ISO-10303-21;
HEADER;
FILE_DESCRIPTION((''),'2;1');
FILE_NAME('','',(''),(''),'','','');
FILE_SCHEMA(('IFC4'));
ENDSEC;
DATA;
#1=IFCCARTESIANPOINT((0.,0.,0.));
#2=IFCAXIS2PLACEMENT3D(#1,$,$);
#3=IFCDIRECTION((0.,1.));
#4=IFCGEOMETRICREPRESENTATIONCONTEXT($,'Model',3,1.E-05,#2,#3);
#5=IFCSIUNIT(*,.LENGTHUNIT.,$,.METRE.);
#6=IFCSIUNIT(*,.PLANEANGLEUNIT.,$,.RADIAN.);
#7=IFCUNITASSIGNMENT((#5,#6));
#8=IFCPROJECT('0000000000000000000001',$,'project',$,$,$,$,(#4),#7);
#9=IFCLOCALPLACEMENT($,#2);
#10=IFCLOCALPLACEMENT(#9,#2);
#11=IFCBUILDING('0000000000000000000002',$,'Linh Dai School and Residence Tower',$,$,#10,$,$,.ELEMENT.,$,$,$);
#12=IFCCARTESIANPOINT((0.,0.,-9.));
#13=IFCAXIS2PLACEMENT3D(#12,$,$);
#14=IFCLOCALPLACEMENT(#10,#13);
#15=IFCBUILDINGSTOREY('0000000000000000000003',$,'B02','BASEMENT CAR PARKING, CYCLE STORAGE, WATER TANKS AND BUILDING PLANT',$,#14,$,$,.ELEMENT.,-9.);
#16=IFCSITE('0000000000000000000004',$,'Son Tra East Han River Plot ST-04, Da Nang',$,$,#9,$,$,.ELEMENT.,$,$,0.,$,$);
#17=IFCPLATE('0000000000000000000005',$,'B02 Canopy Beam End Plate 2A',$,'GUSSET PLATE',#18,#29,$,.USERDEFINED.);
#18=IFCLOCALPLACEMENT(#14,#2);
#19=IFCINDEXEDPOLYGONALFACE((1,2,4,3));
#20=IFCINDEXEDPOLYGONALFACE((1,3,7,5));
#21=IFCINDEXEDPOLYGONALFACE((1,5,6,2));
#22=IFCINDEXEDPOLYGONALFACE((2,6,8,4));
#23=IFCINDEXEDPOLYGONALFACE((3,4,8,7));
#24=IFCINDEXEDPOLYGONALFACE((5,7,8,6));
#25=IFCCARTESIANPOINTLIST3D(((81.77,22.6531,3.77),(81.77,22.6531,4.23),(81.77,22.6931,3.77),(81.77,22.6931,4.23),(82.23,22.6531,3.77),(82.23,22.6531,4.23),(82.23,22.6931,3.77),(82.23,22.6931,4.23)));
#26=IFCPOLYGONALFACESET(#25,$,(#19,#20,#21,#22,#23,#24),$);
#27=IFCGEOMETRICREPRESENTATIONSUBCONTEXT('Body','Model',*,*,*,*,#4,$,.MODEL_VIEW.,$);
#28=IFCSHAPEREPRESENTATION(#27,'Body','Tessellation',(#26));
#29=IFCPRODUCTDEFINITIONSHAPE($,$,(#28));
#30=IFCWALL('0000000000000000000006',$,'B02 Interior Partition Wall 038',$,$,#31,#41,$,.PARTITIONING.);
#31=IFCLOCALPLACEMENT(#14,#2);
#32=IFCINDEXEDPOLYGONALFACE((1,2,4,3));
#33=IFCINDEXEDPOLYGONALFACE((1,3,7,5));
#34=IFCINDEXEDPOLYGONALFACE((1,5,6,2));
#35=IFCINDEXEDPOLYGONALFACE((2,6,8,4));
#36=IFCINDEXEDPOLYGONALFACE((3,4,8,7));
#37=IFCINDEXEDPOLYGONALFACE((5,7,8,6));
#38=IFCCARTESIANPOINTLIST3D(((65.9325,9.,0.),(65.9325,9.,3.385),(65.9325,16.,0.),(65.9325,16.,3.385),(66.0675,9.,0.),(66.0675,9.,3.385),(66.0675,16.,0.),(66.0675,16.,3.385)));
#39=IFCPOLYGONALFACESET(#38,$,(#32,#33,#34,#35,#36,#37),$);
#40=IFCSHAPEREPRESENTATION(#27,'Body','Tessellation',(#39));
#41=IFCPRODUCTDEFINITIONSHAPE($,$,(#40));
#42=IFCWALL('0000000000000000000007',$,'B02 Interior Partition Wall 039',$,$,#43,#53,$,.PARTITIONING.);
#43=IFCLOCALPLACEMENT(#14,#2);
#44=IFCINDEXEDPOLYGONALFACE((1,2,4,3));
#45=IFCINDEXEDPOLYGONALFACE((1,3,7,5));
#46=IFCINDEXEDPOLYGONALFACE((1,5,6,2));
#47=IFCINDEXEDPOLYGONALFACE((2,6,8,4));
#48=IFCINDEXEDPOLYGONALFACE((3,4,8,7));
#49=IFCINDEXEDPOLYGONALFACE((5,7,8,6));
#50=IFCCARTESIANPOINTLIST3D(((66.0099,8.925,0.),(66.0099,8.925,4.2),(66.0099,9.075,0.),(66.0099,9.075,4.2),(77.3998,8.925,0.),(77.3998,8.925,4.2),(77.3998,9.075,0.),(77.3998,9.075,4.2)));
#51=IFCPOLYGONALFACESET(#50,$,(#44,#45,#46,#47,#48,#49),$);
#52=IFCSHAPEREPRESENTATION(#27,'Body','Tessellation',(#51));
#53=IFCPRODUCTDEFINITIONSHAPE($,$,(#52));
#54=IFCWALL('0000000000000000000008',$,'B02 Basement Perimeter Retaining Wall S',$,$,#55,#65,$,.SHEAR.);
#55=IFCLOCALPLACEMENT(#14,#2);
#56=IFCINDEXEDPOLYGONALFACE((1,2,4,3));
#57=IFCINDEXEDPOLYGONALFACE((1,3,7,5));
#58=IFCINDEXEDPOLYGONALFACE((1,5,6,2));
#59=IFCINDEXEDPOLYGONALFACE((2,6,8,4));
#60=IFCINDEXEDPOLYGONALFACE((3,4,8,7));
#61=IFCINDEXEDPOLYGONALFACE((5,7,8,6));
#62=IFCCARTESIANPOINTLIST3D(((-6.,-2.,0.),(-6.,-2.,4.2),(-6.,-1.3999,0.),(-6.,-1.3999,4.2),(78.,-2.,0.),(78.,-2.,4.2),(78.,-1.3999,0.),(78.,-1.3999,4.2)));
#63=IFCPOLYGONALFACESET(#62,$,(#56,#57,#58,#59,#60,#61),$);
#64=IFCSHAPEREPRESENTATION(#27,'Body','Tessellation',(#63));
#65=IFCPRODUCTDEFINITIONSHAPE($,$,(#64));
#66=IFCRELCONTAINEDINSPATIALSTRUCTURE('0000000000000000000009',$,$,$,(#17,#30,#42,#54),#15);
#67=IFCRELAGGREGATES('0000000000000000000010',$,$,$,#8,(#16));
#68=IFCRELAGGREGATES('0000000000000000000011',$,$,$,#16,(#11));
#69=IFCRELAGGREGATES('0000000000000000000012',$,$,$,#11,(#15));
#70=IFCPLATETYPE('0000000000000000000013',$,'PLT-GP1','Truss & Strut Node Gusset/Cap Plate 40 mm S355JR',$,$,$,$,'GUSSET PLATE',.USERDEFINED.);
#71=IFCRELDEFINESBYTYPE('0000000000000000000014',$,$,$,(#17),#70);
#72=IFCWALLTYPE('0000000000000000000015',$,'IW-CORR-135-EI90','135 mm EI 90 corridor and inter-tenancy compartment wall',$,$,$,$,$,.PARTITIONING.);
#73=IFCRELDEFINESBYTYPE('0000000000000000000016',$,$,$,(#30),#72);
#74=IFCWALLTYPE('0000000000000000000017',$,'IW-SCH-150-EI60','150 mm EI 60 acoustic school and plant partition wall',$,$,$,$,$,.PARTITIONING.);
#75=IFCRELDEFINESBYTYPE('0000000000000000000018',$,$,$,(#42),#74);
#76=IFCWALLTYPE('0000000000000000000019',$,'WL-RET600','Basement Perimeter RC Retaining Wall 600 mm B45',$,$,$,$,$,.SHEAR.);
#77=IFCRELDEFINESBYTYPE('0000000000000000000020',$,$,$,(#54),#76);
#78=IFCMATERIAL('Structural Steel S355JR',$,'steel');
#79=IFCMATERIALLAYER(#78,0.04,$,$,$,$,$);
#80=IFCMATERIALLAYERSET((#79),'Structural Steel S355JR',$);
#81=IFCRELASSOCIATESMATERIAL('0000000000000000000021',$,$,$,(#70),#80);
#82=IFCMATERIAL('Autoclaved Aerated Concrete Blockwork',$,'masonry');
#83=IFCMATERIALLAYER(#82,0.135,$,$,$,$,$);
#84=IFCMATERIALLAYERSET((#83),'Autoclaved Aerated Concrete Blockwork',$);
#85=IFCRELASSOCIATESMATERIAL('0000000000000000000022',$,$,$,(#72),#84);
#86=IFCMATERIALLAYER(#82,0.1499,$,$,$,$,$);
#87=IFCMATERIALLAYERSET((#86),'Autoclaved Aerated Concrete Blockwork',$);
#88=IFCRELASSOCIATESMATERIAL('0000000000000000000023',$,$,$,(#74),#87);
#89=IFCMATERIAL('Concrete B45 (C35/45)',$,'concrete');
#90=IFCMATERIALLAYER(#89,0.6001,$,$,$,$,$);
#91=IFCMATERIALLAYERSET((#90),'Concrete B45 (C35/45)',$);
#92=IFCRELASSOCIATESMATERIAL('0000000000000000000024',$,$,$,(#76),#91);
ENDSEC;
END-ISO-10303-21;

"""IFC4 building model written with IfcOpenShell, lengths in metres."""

from ifc_helpers import new_model, si_unit, direction, frame, frame_2d, origin, origin_2d, place, context, subcontext, project, spatial, rectangle, extrude, source, transform, mapped, material, layer, layer_set, type_object, element, save


model = new_model("IFC4")

# Units and contexts
model_context = context("Model", 3, precision=1e-05, world=origin(), true_north=direction((0.0, 1.0)))
body_context = subcontext(model_context, "Body", "Model", "MODEL_VIEW")
ifc_project = project(units=[si_unit("LENGTHUNIT", "METRE"), si_unit("PLANEANGLEUNIT", "RADIAN")], contexts=[model_context])

# Site, building, storey
site_placement = place(None, origin())
site = spatial("IfcSite", under=ifc_project, at=site_placement, Name="Son Tra East Han River Plot ST-04, Da Nang", CompositionType="ELEMENT", RefElevation=0.0)
building_placement = place(site_placement, origin())
building = spatial("IfcBuilding", under=site, at=building_placement, Name="Linh Dai School and Residence Tower", CompositionType="ELEMENT")
storey_placement = place(building_placement, frame((0.0, 0.0, -9.0)))
storey = spatial("IfcBuildingStorey", under=building, at=storey_placement, Name="B02", Description="BASEMENT CAR PARKING, CYCLE STORAGE, WATER TANKS AND BUILDING PLANT", CompositionType="ELEMENT", Elevation=-9.0)

# Shared definitions
ifc_material_1 = material(Name="Concrete B45 (C35/45)", Category="concrete")

# Shared definitions
ifc_material_2 = material(Name="Structural Steel S355JR", Category="steel")

# Plate
ifc_layer_1 = layer(ifc_material_2, 0.04)
ifc_layer_set_1 = layer_set([ifc_layer_1], Name="Structural Steel S355JR")
plate_type = type_object("IfcPlateType", Name="PLT-GP1", Description="Truss & Strut Node Gusset/Cap Plate 40 mm S355JR", ElementType="GUSSET PLATE", PredefinedType="USERDEFINED", material=ifc_layer_set_1)
shared_shape = source(origin(), body_context, "Body", "SweptSolid", [
    extrude(rectangle(XDim=0.46, YDim=0.04, at=origin_2d()), origin(), (0.0, 0.0, 1.0), 0.46),
])
for number, where, z_axis, x_axis, name in (
    (1, (82.0, 22.6731, 3.77), (0.0, 0.0, 1.0), (1.0, 0.0, 0.0), "B02 Canopy Beam End Plate 2A"),
):
    element("IfcPlate", number, at=place(storey_placement, frame(where, z_axis=z_axis, x_axis=x_axis)), inside=storey, type_object=plate_type, Name=name, ObjectType="GUSSET PLATE", PredefinedType="USERDEFINED", context=body_context, shape_type="MappedRepresentation", body=[
        mapped(shared_shape, transform((0.0, 0.0, 0.0), x_axis=(1.0, 0.0, 0.0), y_axis=(0.0, 1.0, 0.0), z_axis=(0.0, 0.0, 1.0), scale=1.0)),
    ])

# Walls
ifc_material_3 = material(Name="Autoclaved Aerated Concrete Blockwork", Category="masonry")
ifc_layer_2 = layer(ifc_material_3, 0.135)
ifc_layer_set_2 = layer_set([ifc_layer_2], Name="Autoclaved Aerated Concrete Blockwork")
wall_type_1 = type_object("IfcWallType", Name="IW-CORR-135-EI90", Description="135 mm EI 90 corridor and inter-tenancy compartment wall", PredefinedType="PARTITIONING", material=ifc_layer_set_2)
wall_1_placement = place(storey_placement, frame((66.0, 9.0, 0.0), z_axis=(0.0, 0.0, 1.0), x_axis=(0.0, 1.0, 0.0)))
element("IfcWall", 2, at=wall_1_placement, inside=storey, type_object=wall_type_1, Name="B02 Interior Partition Wall 038", PredefinedType="PARTITIONING", context=body_context, shape_type="SweptSolid", body=[
    extrude(rectangle(XDim=7.0, YDim=0.135, at=frame_2d((3.5, 0.0))), origin(), (0.0, 0.0, 1.0), 3.385),
])
ifc_layer_3 = layer(ifc_material_3, 0.1499)
ifc_layer_set_3 = layer_set([ifc_layer_3], Name="Autoclaved Aerated Concrete Blockwork")
wall_type_2 = type_object("IfcWallType", Name="IW-SCH-150-EI60", Description="150 mm EI 60 acoustic school and plant partition wall", PredefinedType="PARTITIONING", material=ifc_layer_set_3)
wall_2_placement = place(storey_placement, frame((66.01, 9.0, 0.0), z_axis=(0.0, 0.0, 1.0), x_axis=(1.0, 0.0, 0.0)))
element("IfcWall", 3, at=wall_2_placement, inside=storey, type_object=wall_type_2, Name="B02 Interior Partition Wall 039", PredefinedType="PARTITIONING", context=body_context, shape_type="SweptSolid", body=[
    extrude(rectangle(XDim=11.3899, YDim=0.1499, at=frame_2d((5.6948, 0.0))), origin(), (0.0, 0.0, 1.0), 4.2),
])
ifc_layer_4 = layer(ifc_material_1, 0.6001)
ifc_layer_set_4 = layer_set([ifc_layer_4], Name="Concrete B45 (C35/45)")
wall_type_3 = type_object("IfcWallType", Name="WL-RET600", Description="Basement Perimeter RC Retaining Wall 600 mm B45", PredefinedType="SHEAR", material=ifc_layer_set_4)
wall_3_placement = place(storey_placement, frame((78.0, -1.7, 0.0), z_axis=(0.0, 0.0, 1.0), x_axis=(-1.0, 0.0, 0.0)))
element("IfcWall", 4, at=wall_3_placement, inside=storey, type_object=wall_type_3, Name="B02 Basement Perimeter Retaining Wall S", PredefinedType="SHEAR", context=body_context, shape_type="SweptSolid", body=[
    extrude(rectangle(XDim=84.0, YDim=0.6001, at=frame_2d((42.0, 0.0))), origin(), (0.0, 0.0, 1.0), 4.2),
])

save(model, "model.ifc")
